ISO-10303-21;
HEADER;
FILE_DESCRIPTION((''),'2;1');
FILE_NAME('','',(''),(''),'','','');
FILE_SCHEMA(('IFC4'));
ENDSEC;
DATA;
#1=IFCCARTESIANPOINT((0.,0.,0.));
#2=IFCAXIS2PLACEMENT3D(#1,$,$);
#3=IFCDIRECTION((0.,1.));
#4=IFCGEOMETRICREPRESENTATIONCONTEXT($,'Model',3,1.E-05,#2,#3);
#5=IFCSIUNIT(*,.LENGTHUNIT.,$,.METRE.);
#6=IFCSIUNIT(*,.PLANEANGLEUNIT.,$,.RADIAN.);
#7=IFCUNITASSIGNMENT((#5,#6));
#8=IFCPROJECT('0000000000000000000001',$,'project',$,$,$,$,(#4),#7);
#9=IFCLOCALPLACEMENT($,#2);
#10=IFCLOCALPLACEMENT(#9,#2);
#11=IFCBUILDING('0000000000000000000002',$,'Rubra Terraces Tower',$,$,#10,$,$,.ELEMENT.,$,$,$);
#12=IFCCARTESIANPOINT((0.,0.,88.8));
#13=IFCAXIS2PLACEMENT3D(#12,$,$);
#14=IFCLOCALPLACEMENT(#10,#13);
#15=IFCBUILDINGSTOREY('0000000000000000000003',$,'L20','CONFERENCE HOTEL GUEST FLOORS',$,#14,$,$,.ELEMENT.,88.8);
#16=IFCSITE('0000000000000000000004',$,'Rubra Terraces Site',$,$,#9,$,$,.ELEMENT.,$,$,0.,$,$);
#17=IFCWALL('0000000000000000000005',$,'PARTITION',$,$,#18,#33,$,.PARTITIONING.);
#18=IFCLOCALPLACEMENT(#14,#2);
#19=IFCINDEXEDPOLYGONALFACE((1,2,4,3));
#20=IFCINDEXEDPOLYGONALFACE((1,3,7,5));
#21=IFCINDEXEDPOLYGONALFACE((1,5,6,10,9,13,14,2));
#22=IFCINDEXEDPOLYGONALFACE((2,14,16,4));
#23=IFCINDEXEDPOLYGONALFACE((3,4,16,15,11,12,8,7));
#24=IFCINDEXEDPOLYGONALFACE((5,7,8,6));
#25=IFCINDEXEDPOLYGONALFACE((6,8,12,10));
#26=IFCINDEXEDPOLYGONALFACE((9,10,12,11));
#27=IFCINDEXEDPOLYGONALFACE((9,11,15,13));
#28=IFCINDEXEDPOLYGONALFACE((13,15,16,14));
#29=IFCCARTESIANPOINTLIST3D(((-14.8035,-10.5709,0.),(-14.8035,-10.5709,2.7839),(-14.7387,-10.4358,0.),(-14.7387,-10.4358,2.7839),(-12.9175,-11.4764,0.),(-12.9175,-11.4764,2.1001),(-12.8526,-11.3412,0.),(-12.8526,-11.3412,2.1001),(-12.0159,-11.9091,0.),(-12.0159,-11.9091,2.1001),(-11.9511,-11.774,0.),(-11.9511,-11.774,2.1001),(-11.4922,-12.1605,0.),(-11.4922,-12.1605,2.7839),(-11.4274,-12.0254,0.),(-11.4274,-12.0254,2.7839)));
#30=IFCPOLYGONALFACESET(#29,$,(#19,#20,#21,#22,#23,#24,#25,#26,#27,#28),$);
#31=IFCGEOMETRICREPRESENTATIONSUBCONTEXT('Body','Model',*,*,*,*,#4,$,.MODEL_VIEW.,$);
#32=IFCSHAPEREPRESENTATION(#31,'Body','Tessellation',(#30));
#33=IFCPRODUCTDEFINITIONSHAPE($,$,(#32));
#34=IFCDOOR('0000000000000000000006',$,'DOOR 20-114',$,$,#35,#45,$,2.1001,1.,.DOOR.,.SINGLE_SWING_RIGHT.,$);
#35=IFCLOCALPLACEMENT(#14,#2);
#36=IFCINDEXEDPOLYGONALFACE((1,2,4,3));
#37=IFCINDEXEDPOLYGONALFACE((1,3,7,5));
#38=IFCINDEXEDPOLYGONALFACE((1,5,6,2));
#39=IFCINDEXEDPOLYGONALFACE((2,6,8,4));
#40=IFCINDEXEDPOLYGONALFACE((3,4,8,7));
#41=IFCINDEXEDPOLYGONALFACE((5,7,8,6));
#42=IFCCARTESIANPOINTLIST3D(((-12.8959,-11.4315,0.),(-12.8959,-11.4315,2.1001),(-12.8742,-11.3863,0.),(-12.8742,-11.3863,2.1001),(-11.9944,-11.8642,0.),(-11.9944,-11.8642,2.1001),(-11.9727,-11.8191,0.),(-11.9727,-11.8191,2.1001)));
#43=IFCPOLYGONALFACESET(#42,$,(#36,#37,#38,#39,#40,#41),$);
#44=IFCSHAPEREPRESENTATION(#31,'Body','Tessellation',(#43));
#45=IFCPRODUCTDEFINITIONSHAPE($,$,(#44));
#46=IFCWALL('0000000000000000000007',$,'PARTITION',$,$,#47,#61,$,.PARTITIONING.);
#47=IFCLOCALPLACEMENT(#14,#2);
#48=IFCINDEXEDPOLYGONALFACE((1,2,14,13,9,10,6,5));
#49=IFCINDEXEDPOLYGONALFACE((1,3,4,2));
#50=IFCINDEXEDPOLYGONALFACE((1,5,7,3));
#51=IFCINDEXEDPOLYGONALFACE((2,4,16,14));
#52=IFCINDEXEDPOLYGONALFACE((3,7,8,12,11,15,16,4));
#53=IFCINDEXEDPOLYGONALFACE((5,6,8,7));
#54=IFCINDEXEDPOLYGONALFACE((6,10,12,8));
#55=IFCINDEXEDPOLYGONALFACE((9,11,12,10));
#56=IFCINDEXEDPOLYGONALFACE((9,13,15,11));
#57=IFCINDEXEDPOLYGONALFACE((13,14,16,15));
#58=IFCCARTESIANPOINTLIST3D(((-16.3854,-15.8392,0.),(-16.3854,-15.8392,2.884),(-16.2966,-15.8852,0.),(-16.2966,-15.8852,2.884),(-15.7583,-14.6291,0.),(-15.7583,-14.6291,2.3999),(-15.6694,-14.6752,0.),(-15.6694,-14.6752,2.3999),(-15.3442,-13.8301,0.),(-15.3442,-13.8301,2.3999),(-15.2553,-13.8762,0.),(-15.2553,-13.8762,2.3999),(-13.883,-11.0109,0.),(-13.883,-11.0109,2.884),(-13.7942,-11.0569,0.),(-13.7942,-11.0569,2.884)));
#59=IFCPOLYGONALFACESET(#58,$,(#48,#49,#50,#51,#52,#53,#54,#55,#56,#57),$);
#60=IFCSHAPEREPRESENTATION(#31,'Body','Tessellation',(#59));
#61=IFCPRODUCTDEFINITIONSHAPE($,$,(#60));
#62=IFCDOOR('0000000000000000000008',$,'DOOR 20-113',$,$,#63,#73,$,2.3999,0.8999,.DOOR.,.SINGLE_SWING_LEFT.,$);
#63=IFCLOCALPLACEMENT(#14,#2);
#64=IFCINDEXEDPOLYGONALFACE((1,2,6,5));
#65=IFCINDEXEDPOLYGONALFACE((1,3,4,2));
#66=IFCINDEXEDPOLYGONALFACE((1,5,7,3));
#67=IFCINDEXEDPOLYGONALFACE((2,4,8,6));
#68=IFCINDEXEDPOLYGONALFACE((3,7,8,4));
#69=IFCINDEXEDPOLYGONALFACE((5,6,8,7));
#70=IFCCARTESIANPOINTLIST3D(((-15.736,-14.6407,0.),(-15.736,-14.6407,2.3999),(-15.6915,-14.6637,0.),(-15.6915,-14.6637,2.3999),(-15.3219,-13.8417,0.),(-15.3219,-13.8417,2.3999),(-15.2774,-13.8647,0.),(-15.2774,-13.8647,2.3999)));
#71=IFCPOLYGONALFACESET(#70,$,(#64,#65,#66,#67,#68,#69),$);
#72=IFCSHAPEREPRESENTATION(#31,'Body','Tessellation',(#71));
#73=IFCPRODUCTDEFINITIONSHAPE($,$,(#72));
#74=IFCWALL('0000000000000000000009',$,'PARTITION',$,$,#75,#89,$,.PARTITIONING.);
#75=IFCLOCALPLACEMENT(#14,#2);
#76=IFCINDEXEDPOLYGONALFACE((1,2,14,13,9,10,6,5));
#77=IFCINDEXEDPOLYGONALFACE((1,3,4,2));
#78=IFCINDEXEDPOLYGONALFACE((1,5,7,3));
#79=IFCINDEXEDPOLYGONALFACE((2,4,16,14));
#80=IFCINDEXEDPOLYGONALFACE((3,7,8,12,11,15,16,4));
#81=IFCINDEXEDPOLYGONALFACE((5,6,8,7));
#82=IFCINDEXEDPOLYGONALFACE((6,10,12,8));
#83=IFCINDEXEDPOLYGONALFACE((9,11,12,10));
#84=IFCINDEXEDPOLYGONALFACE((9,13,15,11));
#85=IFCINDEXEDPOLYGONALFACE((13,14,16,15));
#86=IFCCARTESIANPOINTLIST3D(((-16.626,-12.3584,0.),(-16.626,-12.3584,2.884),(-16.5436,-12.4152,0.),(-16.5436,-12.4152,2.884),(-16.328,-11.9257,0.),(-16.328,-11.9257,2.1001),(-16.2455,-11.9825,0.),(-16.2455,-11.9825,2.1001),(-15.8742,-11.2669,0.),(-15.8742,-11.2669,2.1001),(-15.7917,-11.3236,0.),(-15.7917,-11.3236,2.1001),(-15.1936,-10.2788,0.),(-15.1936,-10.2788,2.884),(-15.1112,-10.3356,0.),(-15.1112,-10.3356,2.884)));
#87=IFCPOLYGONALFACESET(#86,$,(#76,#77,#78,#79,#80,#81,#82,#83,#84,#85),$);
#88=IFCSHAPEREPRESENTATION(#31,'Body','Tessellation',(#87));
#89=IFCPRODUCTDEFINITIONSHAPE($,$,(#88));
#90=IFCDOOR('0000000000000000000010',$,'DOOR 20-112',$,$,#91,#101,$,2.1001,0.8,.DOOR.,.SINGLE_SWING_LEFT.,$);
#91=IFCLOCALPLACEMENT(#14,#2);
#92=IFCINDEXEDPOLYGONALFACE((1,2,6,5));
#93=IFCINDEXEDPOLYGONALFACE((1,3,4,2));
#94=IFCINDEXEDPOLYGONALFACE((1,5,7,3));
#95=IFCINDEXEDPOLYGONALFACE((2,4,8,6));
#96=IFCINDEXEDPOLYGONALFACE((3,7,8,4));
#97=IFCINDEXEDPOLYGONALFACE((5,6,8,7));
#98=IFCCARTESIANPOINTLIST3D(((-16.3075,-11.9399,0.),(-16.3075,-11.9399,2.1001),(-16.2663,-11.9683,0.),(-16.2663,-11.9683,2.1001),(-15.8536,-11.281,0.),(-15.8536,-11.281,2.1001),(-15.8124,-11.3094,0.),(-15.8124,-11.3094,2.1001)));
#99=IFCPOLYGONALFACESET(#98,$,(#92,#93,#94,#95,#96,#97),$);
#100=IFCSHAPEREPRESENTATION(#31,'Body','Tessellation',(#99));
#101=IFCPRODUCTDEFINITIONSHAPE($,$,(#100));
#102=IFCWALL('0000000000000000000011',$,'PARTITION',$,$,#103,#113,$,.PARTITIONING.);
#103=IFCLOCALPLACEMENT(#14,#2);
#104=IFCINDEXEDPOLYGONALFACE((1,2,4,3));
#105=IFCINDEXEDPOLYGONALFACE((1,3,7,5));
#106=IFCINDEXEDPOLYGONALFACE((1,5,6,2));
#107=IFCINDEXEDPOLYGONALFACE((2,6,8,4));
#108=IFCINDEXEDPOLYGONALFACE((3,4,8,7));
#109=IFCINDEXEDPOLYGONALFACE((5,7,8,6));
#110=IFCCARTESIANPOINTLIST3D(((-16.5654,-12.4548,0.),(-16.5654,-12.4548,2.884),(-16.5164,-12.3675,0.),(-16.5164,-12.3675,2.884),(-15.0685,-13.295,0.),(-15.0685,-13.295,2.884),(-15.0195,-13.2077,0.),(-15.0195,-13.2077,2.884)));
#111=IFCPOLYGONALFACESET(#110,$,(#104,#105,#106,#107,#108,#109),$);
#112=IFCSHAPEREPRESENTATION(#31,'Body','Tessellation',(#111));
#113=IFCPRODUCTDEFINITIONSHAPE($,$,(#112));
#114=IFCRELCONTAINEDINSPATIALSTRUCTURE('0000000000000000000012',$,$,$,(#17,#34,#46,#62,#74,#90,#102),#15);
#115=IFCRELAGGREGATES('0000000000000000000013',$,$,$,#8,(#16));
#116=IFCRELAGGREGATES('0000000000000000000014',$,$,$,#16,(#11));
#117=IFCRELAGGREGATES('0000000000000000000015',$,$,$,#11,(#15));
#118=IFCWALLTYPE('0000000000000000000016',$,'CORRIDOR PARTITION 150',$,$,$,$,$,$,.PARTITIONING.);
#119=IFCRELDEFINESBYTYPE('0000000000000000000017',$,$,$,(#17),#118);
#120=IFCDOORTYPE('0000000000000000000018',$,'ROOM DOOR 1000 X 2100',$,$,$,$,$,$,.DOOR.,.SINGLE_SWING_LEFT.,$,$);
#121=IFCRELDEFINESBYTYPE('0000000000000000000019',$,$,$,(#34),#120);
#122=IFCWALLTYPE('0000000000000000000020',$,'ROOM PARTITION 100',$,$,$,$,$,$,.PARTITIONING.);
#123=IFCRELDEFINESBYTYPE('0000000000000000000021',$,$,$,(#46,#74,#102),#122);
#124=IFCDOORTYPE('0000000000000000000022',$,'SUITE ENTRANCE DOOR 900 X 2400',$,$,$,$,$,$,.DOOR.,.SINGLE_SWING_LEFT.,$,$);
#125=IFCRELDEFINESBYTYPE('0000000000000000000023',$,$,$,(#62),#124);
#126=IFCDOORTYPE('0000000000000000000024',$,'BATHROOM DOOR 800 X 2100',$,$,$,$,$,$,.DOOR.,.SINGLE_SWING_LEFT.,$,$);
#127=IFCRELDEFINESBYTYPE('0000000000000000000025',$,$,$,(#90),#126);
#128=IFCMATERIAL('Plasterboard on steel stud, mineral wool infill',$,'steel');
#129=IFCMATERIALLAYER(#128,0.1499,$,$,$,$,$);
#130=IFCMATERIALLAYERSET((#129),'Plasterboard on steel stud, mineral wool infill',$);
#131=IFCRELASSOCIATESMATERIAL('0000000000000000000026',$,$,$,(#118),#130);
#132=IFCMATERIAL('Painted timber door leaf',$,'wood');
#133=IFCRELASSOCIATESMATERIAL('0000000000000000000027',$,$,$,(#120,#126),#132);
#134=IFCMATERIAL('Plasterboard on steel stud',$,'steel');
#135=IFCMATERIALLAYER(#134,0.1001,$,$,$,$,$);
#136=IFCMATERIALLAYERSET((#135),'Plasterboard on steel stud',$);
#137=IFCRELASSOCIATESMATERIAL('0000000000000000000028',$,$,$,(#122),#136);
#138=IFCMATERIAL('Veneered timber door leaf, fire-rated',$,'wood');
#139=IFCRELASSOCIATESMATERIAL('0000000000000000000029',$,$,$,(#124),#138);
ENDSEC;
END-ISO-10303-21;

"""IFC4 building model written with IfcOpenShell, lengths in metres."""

from ifc_helpers import new_model, si_unit, direction, frame, frame_2d, origin, place, context, subcontext, project, spatial, rectangle, extrude, material, layer, layer_set, type_object, element, fill, save


model = new_model("IFC4")

# Units and contexts
model_context = context("Model", 3, precision=1e-05, world=origin(), true_north=direction((0.0, 1.0)))
body_context = subcontext(model_context, "Body", "Model", "MODEL_VIEW")
ifc_project = project(units=[si_unit("LENGTHUNIT", "METRE"), si_unit("PLANEANGLEUNIT", "RADIAN")], contexts=[model_context])

# Site, building, storey
site_placement = place(None, origin())
site = spatial("IfcSite", under=ifc_project, at=site_placement, Name="Rubra Terraces Site", CompositionType="ELEMENT", RefElevation=0.0)
building_placement = place(site_placement, origin())
building = spatial("IfcBuilding", under=site, at=building_placement, Name="Rubra Terraces Tower", CompositionType="ELEMENT")
storey_placement = place(building_placement, frame((0.0, 0.0, 88.8)))
storey = spatial("IfcBuildingStorey", under=building, at=storey_placement, Name="L20", Description="CONFERENCE HOTEL GUEST FLOORS", CompositionType="ELEMENT", Elevation=88.8)

# Walls, openings, doors
ifc_material_1 = material(Name="Plasterboard on steel stud, mineral wool infill", Category="steel")
ifc_layer_1 = layer(ifc_material_1, 0.1499)
ifc_layer_set_1 = layer_set([ifc_layer_1], Name="Plasterboard on steel stud, mineral wool infill")
wall_type_1 = type_object("IfcWallType", Name="CORRIDOR PARTITION 150", PredefinedType="PARTITIONING", material=ifc_layer_set_1)
wall_1_placement = place(storey_placement, frame((-14.771, -10.5034, 0.0), z_axis=(0.0, 0.0, 1.0), x_axis=(0.901503, -0.432772, 0.0)))
wall_1 = element("IfcWall", 1, at=wall_1_placement, inside=storey, type_object=wall_type_1, Name="PARTITION", PredefinedType="PARTITIONING", context=body_context, shape_type="SweptSolid", body=[
    extrude(rectangle(XDim=3.6731, YDim=0.1499, at=frame_2d((1.8364, 0.0))), origin(), (0.0, 0.0, 1.0), 2.7839),
])
opening_1_placement = place(wall_1_placement, frame((2.092, 0.0, 0.0)))
opening_1 = element("IfcOpeningElement", 2, at=opening_1_placement, cuts=wall_1, PredefinedType="OPENING", context=body_context, shape_type="SweptSolid", body=[
    extrude(rectangle(XDim=1.0, YDim=2.1001, at=frame_2d((0.5, 1.05))), frame((0.0, 0.085, 0.0), z_axis=(0.0, -1.0, 0.0), x_axis=(1.0, 0.0, 0.0)), (0.0, 0.0, 1.0), 0.1699),
])
ifc_material_2 = material(Name="Painted timber door leaf", Category="wood")
door_type_1 = type_object("IfcDoorType", Name="ROOM DOOR 1000 X 2100", OperationType="SINGLE_SWING_LEFT", PredefinedType="DOOR", material=ifc_material_2)
door_1_placement = place(opening_1_placement, origin())
door_1 = element("IfcDoor", 3, at=door_1_placement, inside=storey, type_object=door_type_1, Name="DOOR 20-114", OperationType="SINGLE_SWING_RIGHT", OverallHeight=2.1001, OverallWidth=1.0, PredefinedType="DOOR", context=body_context, shape_type="SweptSolid", body=[
    extrude(rectangle(XDim=1.0, YDim=2.1001, at=frame_2d((0.5, 1.05))), frame((0.0, 0.0249, 0.0), z_axis=(0.0, -1.0, 0.0), x_axis=(1.0, 0.0, 0.0)), (0.0, 0.0, 1.0), 0.05),
])
fill(opening_1, door_1)
ifc_material_3 = material(Name="Plasterboard on steel stud", Category="steel")
ifc_layer_2 = layer(ifc_material_3, 0.1001)
ifc_layer_set_2 = layer_set([ifc_layer_2], Name="Plasterboard on steel stud")
wall_type_2 = type_object("IfcWallType", Name="ROOM PARTITION 100", PredefinedType="PARTITIONING", material=ifc_layer_set_2)
wall_2_placement = place(storey_placement, frame((-16.3411, -15.8623, 0.0), z_axis=(0.0, 0.0, 1.0), x_axis=(0.460149, 0.887841, 0.0)))
wall_2 = element("IfcWall", 4, at=wall_2_placement, inside=storey, type_object=wall_type_2, Name="PARTITION", PredefinedType="PARTITIONING", context=body_context, shape_type="SweptSolid", body=[
    extrude(rectangle(XDim=5.4382, YDim=0.1001, at=frame_2d((2.7192, 0.0))), origin(), (0.0, 0.0, 1.0), 2.884),
])
opening_2_placement = place(wall_2_placement, frame((1.363, 0.0, 0.0)))
opening_2 = element("IfcOpeningElement", 5, at=opening_2_placement, cuts=wall_2, PredefinedType="OPENING", context=body_context, shape_type="SweptSolid", body=[
    extrude(rectangle(XDim=0.8999, YDim=2.3999, at=frame_2d((0.45, 1.2))), frame((0.0, 0.0601, 0.0), z_axis=(0.0, -1.0, 0.0), x_axis=(1.0, 0.0, 0.0)), (0.0, 0.0, 1.0), 0.1201),
])
ifc_material_4 = material(Name="Veneered timber door leaf, fire-rated", Category="wood")
door_type_2 = type_object("IfcDoorType", Name="SUITE ENTRANCE DOOR 900 X 2400", OperationType="SINGLE_SWING_LEFT", PredefinedType="DOOR", material=ifc_material_4)
door_2_placement = place(opening_2_placement, origin())
door_2 = element("IfcDoor", 6, at=door_2_placement, inside=storey, type_object=door_type_2, Name="DOOR 20-113", OperationType="SINGLE_SWING_LEFT", OverallHeight=2.3999, OverallWidth=0.8999, PredefinedType="DOOR", context=body_context, shape_type="SweptSolid", body=[
    extrude(rectangle(XDim=0.8999, YDim=2.3999, at=frame_2d((0.45, 1.2))), frame((0.0, 0.0249, 0.0), z_axis=(0.0, -1.0, 0.0), x_axis=(1.0, 0.0, 0.0)), (0.0, 0.0, 1.0), 0.05),
])
fill(opening_2, door_2)
wall_3_placement = place(storey_placement, frame((-15.1523, -10.3071, 0.0), z_axis=(0.0, 0.0, 1.0), x_axis=(-0.567243, -0.823551, 0.0)))
wall_3 = element("IfcWall", 7, at=wall_3_placement, inside=storey, type_object=wall_type_2, Name="PARTITION", PredefinedType="PARTITIONING", context=body_context, shape_type="SweptSolid", body=[
    extrude(rectangle(XDim=2.5251, YDim=0.1001, at=frame_2d((1.2627, 0.0))), origin(), (0.0, 0.0, 1.0), 2.884),
])
opening_3_placement = place(wall_3_placement, frame((1.2, 0.0, 0.0)))
opening_3 = element("IfcOpeningElement", 8, at=opening_3_placement, cuts=wall_3, PredefinedType="OPENING", context=body_context, shape_type="SweptSolid", body=[
    extrude(rectangle(XDim=0.8, YDim=2.1001, at=frame_2d((0.3999, 1.05))), frame((0.0, 0.0601, 0.0), z_axis=(0.0, -1.0, 0.0), x_axis=(1.0, 0.0, 0.0)), (0.0, 0.0, 1.0), 0.1201),
])
door_type_3 = type_object("IfcDoorType", Name="BATHROOM DOOR 800 X 2100", OperationType="SINGLE_SWING_LEFT", PredefinedType="DOOR", material=ifc_material_2)
door_3_placement = place(opening_3_placement, origin())
door_3 = element("IfcDoor", 9, at=door_3_placement, inside=storey, type_object=door_type_3, Name="DOOR 20-112", OperationType="SINGLE_SWING_LEFT", OverallHeight=2.1001, OverallWidth=0.8, PredefinedType="DOOR", context=body_context, shape_type="SweptSolid", body=[
    extrude(rectangle(XDim=0.8, YDim=2.1001, at=frame_2d((0.3999, 1.05))), frame((0.0, 0.0249, 0.0), z_axis=(0.0, -1.0, 0.0), x_axis=(1.0, 0.0, 0.0)), (0.0, 0.0, 1.0), 0.05),
])
fill(opening_3, door_3)

# Wall
wall_4_placement = place(storey_placement, frame((-16.541, -12.4111, 0.0), z_axis=(0.0, 0.0, 1.0), x_axis=(0.872042, -0.48943, 0.0)))
element("IfcWall", 10, at=wall_4_placement, inside=storey, type_object=wall_type_2, Name="PARTITION", PredefinedType="PARTITIONING", context=body_context, shape_type="SweptSolid", body=[
    extrude(rectangle(XDim=1.7166, YDim=0.1001, at=frame_2d((0.8584, 0.0))), origin(), (0.0, 0.0, 1.0), 2.884),
])

save(model, "model.ifc")
